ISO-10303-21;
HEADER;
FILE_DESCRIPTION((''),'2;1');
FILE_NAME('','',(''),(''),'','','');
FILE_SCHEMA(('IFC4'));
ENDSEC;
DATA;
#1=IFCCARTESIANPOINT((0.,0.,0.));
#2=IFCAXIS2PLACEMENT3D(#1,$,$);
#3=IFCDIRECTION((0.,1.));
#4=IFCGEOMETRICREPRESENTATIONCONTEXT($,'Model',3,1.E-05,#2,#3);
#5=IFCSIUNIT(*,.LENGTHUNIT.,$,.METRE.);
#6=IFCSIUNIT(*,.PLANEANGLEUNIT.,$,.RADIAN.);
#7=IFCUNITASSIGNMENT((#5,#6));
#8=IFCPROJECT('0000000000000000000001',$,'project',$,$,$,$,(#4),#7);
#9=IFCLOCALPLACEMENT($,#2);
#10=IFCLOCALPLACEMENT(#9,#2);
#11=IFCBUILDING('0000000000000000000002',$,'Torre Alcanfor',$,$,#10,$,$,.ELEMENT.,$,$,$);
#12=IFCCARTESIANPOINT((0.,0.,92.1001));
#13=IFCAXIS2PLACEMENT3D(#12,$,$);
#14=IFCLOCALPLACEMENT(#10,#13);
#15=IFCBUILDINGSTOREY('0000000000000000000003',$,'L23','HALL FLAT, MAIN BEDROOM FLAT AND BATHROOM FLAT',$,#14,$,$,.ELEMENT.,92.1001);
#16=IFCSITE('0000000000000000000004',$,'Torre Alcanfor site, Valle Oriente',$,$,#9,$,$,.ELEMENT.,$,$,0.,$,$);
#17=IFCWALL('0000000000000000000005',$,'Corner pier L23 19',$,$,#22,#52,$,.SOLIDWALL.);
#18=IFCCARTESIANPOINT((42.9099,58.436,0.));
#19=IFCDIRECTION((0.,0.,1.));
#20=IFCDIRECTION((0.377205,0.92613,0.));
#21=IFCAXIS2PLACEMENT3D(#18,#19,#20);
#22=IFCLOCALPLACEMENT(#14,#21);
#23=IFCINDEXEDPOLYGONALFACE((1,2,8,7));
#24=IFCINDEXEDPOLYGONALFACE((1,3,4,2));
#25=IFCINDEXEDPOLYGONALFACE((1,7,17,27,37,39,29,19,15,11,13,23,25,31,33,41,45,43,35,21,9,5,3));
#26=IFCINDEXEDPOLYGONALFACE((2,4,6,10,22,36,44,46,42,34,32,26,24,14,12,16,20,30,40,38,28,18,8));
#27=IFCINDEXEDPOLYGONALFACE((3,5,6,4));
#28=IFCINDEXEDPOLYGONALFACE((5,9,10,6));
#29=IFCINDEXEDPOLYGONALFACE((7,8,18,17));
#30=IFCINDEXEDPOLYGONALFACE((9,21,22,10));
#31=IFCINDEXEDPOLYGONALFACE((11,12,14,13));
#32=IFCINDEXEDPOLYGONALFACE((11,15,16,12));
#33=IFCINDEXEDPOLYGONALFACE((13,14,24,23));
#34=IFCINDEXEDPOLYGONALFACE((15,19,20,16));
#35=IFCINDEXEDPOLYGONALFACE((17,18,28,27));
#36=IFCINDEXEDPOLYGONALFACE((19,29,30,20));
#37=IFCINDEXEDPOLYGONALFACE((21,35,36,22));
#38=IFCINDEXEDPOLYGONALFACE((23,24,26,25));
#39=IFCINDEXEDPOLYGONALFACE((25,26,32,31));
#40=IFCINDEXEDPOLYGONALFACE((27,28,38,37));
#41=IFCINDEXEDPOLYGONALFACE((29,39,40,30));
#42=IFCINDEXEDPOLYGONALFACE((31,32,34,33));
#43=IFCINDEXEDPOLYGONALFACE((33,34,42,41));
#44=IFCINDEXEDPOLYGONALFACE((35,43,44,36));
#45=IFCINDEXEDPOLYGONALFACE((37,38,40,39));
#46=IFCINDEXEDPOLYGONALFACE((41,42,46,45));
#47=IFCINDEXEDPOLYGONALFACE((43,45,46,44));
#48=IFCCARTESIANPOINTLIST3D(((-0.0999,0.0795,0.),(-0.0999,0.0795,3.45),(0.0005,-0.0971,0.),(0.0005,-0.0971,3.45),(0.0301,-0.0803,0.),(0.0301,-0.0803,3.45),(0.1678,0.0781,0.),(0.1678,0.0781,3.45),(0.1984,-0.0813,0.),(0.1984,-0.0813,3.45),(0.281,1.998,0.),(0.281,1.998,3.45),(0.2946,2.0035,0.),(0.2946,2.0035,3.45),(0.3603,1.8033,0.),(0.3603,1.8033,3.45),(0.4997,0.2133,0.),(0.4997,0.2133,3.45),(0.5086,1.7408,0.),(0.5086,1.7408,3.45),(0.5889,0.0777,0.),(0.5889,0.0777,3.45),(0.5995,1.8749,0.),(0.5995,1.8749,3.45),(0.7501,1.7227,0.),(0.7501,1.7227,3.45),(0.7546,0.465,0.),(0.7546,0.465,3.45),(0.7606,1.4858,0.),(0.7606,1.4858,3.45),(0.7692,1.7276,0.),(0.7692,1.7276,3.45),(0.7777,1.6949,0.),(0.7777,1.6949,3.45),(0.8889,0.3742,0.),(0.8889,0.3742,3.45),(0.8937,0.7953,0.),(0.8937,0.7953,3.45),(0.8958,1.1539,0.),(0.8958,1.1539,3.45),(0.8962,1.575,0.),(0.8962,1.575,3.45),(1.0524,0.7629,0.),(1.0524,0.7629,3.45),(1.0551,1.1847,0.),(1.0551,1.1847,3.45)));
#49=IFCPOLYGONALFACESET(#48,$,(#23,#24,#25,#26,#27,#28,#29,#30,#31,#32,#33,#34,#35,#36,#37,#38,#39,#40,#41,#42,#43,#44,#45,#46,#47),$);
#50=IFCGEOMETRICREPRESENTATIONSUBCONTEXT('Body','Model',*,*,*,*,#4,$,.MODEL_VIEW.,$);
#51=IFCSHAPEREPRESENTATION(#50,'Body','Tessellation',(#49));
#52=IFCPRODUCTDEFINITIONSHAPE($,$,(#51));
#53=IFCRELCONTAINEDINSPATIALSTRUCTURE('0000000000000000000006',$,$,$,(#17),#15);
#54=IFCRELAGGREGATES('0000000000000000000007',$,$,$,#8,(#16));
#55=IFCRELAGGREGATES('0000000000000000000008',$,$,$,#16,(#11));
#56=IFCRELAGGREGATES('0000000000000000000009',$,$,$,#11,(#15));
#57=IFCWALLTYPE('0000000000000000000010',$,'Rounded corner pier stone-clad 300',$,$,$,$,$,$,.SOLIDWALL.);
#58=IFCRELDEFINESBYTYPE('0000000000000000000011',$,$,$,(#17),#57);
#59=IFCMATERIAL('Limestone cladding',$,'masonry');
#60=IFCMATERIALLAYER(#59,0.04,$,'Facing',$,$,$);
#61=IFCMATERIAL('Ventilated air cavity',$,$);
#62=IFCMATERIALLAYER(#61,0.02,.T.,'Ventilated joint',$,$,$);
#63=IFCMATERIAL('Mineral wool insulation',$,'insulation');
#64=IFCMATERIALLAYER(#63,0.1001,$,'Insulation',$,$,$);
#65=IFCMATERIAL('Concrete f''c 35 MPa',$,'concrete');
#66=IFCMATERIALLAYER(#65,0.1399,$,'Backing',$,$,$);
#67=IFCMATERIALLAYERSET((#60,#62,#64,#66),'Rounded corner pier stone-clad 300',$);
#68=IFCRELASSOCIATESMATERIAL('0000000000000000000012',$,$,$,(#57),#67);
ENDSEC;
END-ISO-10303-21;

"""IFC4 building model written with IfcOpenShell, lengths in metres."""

from ifc_helpers import new_model, si_unit, direction, frame, origin, place, context, subcontext, project, spatial, polyline, outline, extrude, material, layer, layer_set, type_object, element, save


model = new_model("IFC4")

# Units and contexts
model_context = context("Model", 3, precision=1e-05, world=origin(), true_north=direction((0.0, 1.0)))
body_context = subcontext(model_context, "Body", "Model", "MODEL_VIEW")
ifc_project = project(units=[si_unit("LENGTHUNIT", "METRE"), si_unit("PLANEANGLEUNIT", "RADIAN")], contexts=[model_context])

# Site, building, storey
site_placement = place(None, origin())
site = spatial("IfcSite", under=ifc_project, at=site_placement, Name="Torre Alcanfor site, Valle Oriente", CompositionType="ELEMENT", RefElevation=0.0)
building_placement = place(site_placement, origin())
building = spatial("IfcBuilding", under=site, at=building_placement, Name="Torre Alcanfor", CompositionType="ELEMENT")
storey_placement = place(building_placement, frame((0.0, 0.0, 92.1001)))
storey = spatial("IfcBuildingStorey", under=building, at=storey_placement, Name="L23", Description="HALL FLAT, MAIN BEDROOM FLAT AND BATHROOM FLAT", CompositionType="ELEMENT", Elevation=92.1001)

# Shared definitions
ifc_material_1 = material(Name="Limestone cladding", Category="masonry")
ifc_material_2 = material(Name="Ventilated air cavity")
ifc_material_3 = material(Name="Mineral wool insulation", Category="insulation")
ifc_material_4 = material(Name="Concrete f'c 35 MPa", Category="concrete")

# Wall
ifc_layer_1 = layer(ifc_material_1, 0.04, Name="Facing")
ifc_layer_2 = layer(ifc_material_2, 0.02, ventilated=True, Name="Ventilated joint")
ifc_layer_3 = layer(ifc_material_3, 0.1001, Name="Insulation")
ifc_layer_4 = layer(ifc_material_4, 0.1399, Name="Backing")
ifc_layer_set_1 = layer_set([ifc_layer_1, ifc_layer_2, ifc_layer_3, ifc_layer_4], Name="Rounded corner pier stone-clad 300")
wall_type_1 = type_object("IfcWallType", Name="Rounded corner pier stone-clad 300", PredefinedType="SOLIDWALL", material=ifc_layer_set_1)
wall_1_placement = place(storey_placement, frame((42.9099, 58.436, 0.0), z_axis=(0.0, 0.0, 1.0), x_axis=(0.377205, 0.92613, 0.0)))
element("IfcWall", 1, at=wall_1_placement, inside=storey, type_object=wall_type_1, Name="Corner pier L23 19", PredefinedType="SOLIDWALL", context=body_context, shape_type="SweptSolid", body=[
    extrude(outline(polyline([(0.7692, 1.7276), (0.7501, 1.7227), (0.5995, 1.8749), (0.2946, 2.0035), (0.281, 1.998), (0.3603, 1.8033), (0.5086, 1.7408), (0.7606, 1.4858), (0.8958, 1.1539), (0.8937, 0.7953), (0.7546, 0.465), (0.4997, 0.2133), (0.1678, 0.0781), (-0.0999, 0.0795), (0.0005, -0.0971), (0.0301, -0.0803), (0.1984, -0.0813), (0.5889, 0.0777), (0.8889, 0.3742), (1.0524, 0.7629), (1.0551, 1.1847), (0.8962, 1.575), (0.7777, 1.6949), (0.7692, 1.7276)])), origin(), (0.0, 0.0, 1.0), 3.45),
])

save(model, "model.ifc")
